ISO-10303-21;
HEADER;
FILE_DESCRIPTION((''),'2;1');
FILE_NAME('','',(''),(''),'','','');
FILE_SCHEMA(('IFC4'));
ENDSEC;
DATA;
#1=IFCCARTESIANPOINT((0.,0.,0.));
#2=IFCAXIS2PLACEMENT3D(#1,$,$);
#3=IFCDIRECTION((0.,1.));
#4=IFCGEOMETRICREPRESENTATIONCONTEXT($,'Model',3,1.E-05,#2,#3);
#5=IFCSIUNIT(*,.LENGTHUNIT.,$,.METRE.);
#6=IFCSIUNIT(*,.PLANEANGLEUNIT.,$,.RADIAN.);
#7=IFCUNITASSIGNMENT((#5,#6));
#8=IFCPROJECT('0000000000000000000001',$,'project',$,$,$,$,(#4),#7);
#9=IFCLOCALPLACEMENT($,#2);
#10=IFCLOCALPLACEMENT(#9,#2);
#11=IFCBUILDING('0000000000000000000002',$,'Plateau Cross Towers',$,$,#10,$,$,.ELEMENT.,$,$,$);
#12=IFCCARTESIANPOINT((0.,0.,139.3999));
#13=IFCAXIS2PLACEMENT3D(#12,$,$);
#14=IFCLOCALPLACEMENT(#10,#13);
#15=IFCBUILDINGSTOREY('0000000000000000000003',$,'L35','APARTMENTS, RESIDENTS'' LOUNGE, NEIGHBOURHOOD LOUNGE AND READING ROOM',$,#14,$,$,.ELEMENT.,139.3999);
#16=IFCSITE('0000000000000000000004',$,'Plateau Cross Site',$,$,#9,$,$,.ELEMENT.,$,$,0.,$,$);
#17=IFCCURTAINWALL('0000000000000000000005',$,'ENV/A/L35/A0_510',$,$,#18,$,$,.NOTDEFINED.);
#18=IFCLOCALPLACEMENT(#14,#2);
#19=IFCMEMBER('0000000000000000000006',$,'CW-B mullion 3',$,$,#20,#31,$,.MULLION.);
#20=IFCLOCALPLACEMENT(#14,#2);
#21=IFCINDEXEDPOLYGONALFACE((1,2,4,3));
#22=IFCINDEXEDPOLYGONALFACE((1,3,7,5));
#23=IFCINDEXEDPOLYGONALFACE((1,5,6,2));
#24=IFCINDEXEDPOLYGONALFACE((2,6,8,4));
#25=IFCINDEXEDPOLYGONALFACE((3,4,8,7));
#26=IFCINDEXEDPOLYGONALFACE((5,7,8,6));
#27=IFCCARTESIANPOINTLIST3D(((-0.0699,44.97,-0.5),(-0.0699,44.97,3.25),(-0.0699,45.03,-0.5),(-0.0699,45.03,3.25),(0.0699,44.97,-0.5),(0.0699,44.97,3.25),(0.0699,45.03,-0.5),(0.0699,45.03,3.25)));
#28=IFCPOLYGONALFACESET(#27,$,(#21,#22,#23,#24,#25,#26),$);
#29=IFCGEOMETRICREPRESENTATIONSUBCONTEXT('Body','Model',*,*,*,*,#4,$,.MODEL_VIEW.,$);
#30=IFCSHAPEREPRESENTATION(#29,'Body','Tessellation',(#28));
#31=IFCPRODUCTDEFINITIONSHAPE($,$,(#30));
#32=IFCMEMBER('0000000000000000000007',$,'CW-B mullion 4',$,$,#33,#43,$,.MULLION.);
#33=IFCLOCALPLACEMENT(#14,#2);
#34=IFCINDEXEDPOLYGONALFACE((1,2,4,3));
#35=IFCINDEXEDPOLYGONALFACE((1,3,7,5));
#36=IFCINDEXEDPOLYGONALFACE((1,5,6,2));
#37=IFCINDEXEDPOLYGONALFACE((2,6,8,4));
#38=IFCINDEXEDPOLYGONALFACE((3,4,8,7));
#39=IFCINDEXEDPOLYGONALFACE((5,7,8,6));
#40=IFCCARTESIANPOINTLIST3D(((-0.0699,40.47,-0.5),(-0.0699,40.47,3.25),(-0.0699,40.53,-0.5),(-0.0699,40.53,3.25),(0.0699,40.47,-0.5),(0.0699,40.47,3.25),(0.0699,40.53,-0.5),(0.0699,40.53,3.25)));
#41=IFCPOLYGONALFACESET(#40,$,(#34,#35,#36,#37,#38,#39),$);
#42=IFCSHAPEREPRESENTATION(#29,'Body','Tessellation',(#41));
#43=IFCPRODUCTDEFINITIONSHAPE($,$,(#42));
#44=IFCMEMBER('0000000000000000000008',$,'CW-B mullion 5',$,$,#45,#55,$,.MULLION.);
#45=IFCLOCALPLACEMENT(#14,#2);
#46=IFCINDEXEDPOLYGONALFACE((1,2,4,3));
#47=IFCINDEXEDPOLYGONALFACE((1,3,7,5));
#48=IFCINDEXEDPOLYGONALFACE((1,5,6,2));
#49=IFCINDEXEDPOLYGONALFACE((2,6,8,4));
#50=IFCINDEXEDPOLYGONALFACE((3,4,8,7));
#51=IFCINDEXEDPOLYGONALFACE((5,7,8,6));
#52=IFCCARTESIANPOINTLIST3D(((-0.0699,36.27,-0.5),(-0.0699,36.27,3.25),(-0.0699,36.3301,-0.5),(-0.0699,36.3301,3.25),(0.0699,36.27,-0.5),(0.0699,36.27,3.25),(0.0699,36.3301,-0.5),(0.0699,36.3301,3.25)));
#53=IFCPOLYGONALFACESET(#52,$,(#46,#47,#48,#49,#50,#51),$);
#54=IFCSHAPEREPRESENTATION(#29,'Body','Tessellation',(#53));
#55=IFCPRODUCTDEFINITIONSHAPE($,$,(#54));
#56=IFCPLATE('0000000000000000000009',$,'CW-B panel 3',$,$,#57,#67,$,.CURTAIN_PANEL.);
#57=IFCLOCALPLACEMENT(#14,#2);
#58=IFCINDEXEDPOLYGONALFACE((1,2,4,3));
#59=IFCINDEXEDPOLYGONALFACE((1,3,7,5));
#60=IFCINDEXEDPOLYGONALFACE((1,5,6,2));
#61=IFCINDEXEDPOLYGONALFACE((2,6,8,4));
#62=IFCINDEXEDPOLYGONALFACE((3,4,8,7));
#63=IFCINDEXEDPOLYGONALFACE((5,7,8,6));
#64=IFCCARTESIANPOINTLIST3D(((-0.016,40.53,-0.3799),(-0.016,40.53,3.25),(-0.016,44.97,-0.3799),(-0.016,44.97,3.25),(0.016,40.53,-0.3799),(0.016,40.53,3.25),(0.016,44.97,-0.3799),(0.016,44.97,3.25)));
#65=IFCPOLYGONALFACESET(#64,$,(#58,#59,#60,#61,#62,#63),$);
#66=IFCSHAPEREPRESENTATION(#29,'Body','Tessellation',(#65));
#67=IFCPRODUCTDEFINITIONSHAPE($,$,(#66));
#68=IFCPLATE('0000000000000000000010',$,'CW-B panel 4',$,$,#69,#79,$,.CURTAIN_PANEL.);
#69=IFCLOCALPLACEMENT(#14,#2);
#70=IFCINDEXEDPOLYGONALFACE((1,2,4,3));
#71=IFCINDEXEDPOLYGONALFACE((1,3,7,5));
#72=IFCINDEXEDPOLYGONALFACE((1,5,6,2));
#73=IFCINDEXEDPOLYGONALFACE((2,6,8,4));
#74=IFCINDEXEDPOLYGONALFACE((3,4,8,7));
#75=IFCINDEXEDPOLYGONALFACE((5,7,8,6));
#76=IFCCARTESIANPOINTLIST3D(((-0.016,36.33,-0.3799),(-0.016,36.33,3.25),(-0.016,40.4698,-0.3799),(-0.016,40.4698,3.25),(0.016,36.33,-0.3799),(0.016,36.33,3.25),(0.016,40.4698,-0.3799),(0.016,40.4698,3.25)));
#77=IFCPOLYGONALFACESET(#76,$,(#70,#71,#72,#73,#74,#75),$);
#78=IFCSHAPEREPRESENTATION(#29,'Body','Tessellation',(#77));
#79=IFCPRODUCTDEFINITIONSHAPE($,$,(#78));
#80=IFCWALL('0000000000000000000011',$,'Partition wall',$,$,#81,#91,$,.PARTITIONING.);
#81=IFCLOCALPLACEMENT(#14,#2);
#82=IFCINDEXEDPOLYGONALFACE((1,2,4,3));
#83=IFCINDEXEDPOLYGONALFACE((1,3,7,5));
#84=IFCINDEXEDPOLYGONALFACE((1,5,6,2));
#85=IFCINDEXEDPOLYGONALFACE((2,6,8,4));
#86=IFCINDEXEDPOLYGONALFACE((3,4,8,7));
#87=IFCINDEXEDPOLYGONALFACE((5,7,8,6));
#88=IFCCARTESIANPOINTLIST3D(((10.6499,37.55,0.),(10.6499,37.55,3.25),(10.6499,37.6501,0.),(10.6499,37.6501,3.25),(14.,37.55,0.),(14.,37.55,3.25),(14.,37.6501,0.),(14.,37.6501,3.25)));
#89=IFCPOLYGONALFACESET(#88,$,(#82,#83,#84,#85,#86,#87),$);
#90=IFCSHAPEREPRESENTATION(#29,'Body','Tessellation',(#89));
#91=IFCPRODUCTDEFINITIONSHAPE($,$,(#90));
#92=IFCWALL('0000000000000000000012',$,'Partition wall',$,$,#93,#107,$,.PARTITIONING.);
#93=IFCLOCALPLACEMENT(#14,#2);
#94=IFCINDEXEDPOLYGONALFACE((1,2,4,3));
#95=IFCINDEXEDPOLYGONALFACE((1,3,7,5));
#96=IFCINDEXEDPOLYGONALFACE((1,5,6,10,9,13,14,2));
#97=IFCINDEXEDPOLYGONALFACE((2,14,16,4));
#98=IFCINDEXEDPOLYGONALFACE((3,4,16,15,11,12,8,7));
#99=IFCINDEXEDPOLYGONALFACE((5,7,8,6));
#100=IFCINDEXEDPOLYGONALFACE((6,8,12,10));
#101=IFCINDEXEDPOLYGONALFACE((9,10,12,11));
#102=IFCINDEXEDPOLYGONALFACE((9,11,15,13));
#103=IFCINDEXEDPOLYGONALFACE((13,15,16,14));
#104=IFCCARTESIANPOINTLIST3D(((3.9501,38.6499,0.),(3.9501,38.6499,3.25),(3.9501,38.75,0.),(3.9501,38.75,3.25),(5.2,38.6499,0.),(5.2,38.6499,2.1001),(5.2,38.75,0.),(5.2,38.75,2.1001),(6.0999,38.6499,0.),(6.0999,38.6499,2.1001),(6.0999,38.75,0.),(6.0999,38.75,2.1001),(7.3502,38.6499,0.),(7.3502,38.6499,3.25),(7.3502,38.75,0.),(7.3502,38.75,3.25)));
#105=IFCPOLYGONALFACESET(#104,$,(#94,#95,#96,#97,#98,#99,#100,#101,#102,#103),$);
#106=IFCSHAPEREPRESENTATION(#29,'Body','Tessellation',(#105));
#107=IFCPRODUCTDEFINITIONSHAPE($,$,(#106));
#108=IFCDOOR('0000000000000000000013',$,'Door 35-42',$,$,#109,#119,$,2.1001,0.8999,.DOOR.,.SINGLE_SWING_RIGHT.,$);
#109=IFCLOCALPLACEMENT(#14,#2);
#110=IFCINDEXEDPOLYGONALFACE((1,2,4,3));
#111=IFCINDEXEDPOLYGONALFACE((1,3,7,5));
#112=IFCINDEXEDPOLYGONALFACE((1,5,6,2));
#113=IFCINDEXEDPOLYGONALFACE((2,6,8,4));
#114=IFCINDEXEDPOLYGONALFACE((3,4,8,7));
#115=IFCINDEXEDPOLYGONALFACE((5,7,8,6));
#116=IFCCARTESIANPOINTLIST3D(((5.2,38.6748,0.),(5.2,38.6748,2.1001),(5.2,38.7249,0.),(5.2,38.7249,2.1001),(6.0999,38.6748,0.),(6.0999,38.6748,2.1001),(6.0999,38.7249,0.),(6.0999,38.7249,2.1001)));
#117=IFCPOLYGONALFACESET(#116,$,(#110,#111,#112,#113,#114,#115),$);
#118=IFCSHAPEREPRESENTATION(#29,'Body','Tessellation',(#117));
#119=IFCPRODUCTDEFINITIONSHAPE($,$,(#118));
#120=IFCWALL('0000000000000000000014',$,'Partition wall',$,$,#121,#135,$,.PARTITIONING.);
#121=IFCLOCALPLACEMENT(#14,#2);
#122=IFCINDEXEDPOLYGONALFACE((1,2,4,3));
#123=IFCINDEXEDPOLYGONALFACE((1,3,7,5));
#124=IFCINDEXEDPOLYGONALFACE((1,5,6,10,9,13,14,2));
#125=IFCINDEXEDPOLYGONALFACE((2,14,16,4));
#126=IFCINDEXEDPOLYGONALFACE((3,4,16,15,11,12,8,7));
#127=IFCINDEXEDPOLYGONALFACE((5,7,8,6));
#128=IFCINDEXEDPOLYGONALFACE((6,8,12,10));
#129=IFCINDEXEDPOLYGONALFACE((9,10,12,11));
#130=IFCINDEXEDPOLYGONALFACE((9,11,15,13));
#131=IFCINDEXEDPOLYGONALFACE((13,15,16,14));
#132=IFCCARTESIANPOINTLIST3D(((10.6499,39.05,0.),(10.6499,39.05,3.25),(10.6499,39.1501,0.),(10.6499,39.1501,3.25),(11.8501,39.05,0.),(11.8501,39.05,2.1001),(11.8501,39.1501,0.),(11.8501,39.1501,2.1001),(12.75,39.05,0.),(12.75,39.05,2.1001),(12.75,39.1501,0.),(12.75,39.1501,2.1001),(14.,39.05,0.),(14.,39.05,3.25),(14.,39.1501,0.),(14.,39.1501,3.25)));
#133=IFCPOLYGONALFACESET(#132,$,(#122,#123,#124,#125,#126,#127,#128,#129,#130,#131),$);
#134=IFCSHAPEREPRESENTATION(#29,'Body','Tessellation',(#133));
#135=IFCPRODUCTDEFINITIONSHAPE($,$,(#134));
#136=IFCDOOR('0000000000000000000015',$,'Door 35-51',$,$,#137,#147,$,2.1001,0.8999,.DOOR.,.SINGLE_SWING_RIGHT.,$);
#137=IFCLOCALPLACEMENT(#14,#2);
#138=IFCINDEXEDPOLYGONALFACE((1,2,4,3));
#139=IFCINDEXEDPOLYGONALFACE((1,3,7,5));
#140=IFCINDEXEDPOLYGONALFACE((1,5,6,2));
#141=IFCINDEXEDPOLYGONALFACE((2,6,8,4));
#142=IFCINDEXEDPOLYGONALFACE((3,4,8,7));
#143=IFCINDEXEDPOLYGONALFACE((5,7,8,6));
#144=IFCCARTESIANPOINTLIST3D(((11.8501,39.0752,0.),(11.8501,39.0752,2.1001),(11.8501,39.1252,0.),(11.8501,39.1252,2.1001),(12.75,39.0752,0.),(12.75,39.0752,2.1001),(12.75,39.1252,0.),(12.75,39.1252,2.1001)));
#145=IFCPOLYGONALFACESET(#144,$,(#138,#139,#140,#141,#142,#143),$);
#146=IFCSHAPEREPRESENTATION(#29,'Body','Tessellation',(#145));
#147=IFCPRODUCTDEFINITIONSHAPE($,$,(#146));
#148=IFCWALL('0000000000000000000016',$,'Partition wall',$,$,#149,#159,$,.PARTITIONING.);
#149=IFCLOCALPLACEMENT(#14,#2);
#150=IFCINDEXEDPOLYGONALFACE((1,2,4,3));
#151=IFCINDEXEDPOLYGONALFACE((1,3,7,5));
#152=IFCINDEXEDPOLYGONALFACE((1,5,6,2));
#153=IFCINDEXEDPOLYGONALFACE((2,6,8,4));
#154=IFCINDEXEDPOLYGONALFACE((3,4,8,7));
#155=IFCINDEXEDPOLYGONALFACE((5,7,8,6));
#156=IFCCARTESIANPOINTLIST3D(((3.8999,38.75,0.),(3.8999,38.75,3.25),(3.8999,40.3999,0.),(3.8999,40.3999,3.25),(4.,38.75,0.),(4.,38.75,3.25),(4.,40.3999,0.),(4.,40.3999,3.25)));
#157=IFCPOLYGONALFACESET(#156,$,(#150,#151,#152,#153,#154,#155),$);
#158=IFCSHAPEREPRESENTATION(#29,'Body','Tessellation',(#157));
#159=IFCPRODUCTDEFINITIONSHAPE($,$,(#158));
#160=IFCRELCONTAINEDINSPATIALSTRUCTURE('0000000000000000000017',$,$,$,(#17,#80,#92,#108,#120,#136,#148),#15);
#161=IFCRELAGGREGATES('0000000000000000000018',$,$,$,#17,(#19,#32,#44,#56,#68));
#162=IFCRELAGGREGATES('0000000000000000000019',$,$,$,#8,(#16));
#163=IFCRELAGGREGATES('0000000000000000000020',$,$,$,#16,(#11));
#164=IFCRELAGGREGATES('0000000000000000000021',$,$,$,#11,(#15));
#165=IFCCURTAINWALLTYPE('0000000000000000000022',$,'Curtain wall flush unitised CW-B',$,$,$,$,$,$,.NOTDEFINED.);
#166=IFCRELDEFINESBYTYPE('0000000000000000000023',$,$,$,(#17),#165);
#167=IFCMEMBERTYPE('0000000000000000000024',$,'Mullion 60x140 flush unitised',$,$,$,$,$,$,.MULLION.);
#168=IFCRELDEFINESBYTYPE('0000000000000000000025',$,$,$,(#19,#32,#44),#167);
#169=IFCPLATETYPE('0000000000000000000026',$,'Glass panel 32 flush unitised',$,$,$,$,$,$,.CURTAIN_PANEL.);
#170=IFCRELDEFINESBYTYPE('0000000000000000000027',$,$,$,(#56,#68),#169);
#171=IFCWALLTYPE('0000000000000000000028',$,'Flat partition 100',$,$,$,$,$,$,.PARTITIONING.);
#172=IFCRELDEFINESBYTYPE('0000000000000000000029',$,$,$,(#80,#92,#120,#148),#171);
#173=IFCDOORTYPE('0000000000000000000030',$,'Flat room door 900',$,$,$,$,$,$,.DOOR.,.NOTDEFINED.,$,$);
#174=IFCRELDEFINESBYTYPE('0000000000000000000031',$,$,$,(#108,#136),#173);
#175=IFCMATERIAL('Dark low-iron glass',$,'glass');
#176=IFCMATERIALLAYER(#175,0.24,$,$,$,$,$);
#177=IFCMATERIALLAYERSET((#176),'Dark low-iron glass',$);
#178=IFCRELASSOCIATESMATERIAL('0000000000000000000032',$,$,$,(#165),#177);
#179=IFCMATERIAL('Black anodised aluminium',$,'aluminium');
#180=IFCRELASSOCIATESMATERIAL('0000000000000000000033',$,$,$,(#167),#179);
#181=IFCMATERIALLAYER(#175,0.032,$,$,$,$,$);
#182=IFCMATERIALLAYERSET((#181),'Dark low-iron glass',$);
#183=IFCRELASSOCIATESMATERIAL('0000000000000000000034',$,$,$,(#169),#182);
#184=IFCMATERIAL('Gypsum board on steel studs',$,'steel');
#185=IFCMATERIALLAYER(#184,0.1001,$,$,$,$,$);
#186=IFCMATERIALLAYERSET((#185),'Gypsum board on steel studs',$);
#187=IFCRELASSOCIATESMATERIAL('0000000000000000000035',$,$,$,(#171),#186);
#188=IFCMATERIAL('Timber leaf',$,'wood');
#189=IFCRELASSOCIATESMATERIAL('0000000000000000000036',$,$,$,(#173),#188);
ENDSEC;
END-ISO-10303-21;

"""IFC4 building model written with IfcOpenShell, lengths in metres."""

from ifc_helpers import new_model, si_unit, direction, frame, frame_2d, origin, origin_2d, place, context, subcontext, project, spatial, rectangle, extrude, material, layer, layer_set, material_profile, profile_set, type_object, element, fill, aggregate, save


model = new_model("IFC4")

# Units and contexts
model_context = context("Model", 3, precision=1e-05, world=origin(), true_north=direction((0.0, 1.0)))
body_context = subcontext(model_context, "Body", "Model", "MODEL_VIEW")
ifc_project = project(units=[si_unit("LENGTHUNIT", "METRE"), si_unit("PLANEANGLEUNIT", "RADIAN")], contexts=[model_context])

# Site, building, storey
site_placement = place(None, origin())
site = spatial("IfcSite", under=ifc_project, at=site_placement, Name="Plateau Cross Site", CompositionType="ELEMENT", RefElevation=0.0)
building_placement = place(site_placement, origin())
building = spatial("IfcBuilding", under=site, at=building_placement, Name="Plateau Cross Towers", CompositionType="ELEMENT")
storey_placement = place(building_placement, frame((0.0, 0.0, 139.3999)))
storey = spatial("IfcBuildingStorey", under=building, at=storey_placement, Name="L35", Description="APARTMENTS, RESIDENTS' LOUNGE, NEIGHBOURHOOD LOUNGE AND READING ROOM", CompositionType="ELEMENT", Elevation=139.3999)

# Curtain wall, members, plates
ifc_material_1 = material(Name="Dark low-iron glass", Category="glass")
ifc_layer_1 = layer(ifc_material_1, 0.24)
ifc_layer_set_1 = layer_set([ifc_layer_1], Name="Dark low-iron glass")
curtain_wall_type = type_object("IfcCurtainWallType", Name="Curtain wall flush unitised CW-B", PredefinedType="NOTDEFINED", material=ifc_layer_set_1)
curtain_wall_placement = place(storey_placement, origin())
curtain_wall = element("IfcCurtainWall", 1, at=curtain_wall_placement, inside=storey, type_object=curtain_wall_type, Name="ENV/A/L35/A0_510", PredefinedType="NOTDEFINED")
ifc_material_2 = material(Name="Black anodised aluminium", Category="aluminium")
ifc_material_profile = material_profile(ifc_material_2, rectangle(XDim=0.0601, YDim=0.1399, at=origin_2d()), Name="MULLION 60x140")
ifc_profile_set = profile_set([ifc_material_profile], Name="Black anodised aluminium")
member_type = type_object("IfcMemberType", Name="Mullion 60x140 flush unitised", PredefinedType="MULLION", material=ifc_profile_set)
member_1_placement = place(storey_placement, frame((0.0, 45.0, -0.5), z_axis=(0.0, 0.0, 1.0), x_axis=(0.0, -1.0, 0.0)))
member_1 = element("IfcMember", 2, at=member_1_placement, type_object=member_type, Name="CW-B mullion 3", PredefinedType="MULLION", context=body_context, shape_type="SweptSolid", body=[
    extrude(rectangle(XDim=0.0601, YDim=0.1399, at=origin_2d()), origin(), (0.0, 0.0, 1.0), 3.75),
])
member_2_placement = place(storey_placement, frame((0.0, 40.5, -0.5), z_axis=(0.0, 0.0, 1.0), x_axis=(0.0, -1.0, 0.0)))
member_2 = element("IfcMember", 3, at=member_2_placement, type_object=member_type, Name="CW-B mullion 4", PredefinedType="MULLION", context=body_context, shape_type="SweptSolid", body=[
    extrude(rectangle(XDim=0.0601, YDim=0.1399, at=origin_2d()), origin(), (0.0, 0.0, 1.0), 3.75),
])
member_3_placement = place(storey_placement, frame((0.0, 36.3, -0.5), z_axis=(0.0, 0.0, 1.0), x_axis=(0.0, -1.0, 0.0)))
member_3 = element("IfcMember", 4, at=member_3_placement, type_object=member_type, Name="CW-B mullion 5", PredefinedType="MULLION", context=body_context, shape_type="SweptSolid", body=[
    extrude(rectangle(XDim=0.0601, YDim=0.1399, at=origin_2d()), origin(), (0.0, 0.0, 1.0), 3.75),
])
ifc_layer_2 = layer(ifc_material_1, 0.032)
ifc_layer_set_2 = layer_set([ifc_layer_2], Name="Dark low-iron glass")
plate_type = type_object("IfcPlateType", Name="Glass panel 32 flush unitised", PredefinedType="CURTAIN_PANEL", material=ifc_layer_set_2)
plate_1_placement = place(storey_placement, frame((0.0, 42.75, -0.3799), z_axis=(0.0, 0.0, 1.0), x_axis=(0.0, -1.0, 0.0)))
plate_1 = element("IfcPlate", 5, at=plate_1_placement, type_object=plate_type, Name="CW-B panel 3", PredefinedType="CURTAIN_PANEL", context=body_context, shape_type="SweptSolid", body=[
    extrude(rectangle(XDim=4.4399, YDim=0.032, at=origin_2d()), origin(), (0.0, 0.0, 1.0), 3.6299),
])
plate_2_placement = place(storey_placement, frame((0.0, 38.3999, -0.3799), z_axis=(0.0, 0.0, 1.0), x_axis=(0.0, -1.0, 0.0)))
plate_2 = element("IfcPlate", 6, at=plate_2_placement, type_object=plate_type, Name="CW-B panel 4", PredefinedType="CURTAIN_PANEL", context=body_context, shape_type="SweptSolid", body=[
    extrude(rectangle(XDim=4.1399, YDim=0.032, at=origin_2d()), origin(), (0.0, 0.0, 1.0), 3.6299),
])
aggregate(curtain_wall, [member_1, member_2, member_3, plate_1, plate_2])

# Wall
ifc_material_3 = material(Name="Gypsum board on steel studs", Category="steel")
ifc_layer_3 = layer(ifc_material_3, 0.1001)
ifc_layer_set_3 = layer_set([ifc_layer_3], Name="Gypsum board on steel studs")
wall_type_1 = type_object("IfcWallType", Name="Flat partition 100", PredefinedType="PARTITIONING", material=ifc_layer_set_3)
wall_1_placement = place(storey_placement, frame((14.0, 37.6001, 0.0), z_axis=(0.0, 0.0, 1.0), x_axis=(-1.0, 0.0, 0.0)))
element("IfcWall", 7, at=wall_1_placement, inside=storey, type_object=wall_type_1, Name="Partition wall", PredefinedType="PARTITIONING", context=body_context, shape_type="SweptSolid", body=[
    extrude(rectangle(XDim=3.3501, YDim=0.1001, at=frame_2d((1.675, 0.0))), origin(), (0.0, 0.0, 1.0), 3.25),
])

# Walls, openings, doors
wall_2_placement = place(storey_placement, frame((3.95, 38.7, 0.0), z_axis=(0.0, 0.0, 1.0), x_axis=(1.0, 0.0, 0.0)))
wall_2 = element("IfcWall", 8, at=wall_2_placement, inside=storey, type_object=wall_type_1, Name="Partition wall", PredefinedType="PARTITIONING", context=body_context, shape_type="SweptSolid", body=[
    extrude(rectangle(XDim=3.4001, YDim=0.1001, at=frame_2d((1.7002, 0.0))), origin(), (0.0, 0.0, 1.0), 3.25),
])
opening_1_placement = place(wall_2_placement, frame((1.25, 0.0, 0.0)))
opening_1 = element("IfcOpeningElement", 9, at=opening_1_placement, cuts=wall_2, PredefinedType="OPENING", context=body_context, shape_type="SweptSolid", body=[
    extrude(rectangle(XDim=0.8999, YDim=2.1001, at=frame_2d((0.45, 1.05))), frame((0.0, 0.0601, 0.0), z_axis=(0.0, -1.0, 0.0), x_axis=(1.0, 0.0, 0.0)), (0.0, 0.0, 1.0), 0.1201),
])
ifc_material_4 = material(Name="Timber leaf", Category="wood")
door_type_1 = type_object("IfcDoorType", Name="Flat room door 900", OperationType="NOTDEFINED", PredefinedType="DOOR", material=ifc_material_4)
door_1_placement = place(opening_1_placement, origin())
door_1 = element("IfcDoor", 10, at=door_1_placement, inside=storey, type_object=door_type_1, Name="Door 35-42", OperationType="SINGLE_SWING_RIGHT", OverallHeight=2.1001, OverallWidth=0.8999, PredefinedType="DOOR", context=body_context, shape_type="SweptSolid", body=[
    extrude(rectangle(XDim=0.8999, YDim=2.1001, at=frame_2d((0.45, 1.05))), frame((0.0, 0.0249, 0.0), z_axis=(0.0, -1.0, 0.0), x_axis=(1.0, 0.0, 0.0)), (0.0, 0.0, 1.0), 0.05),
])
fill(opening_1, door_1)
wall_3_placement = place(storey_placement, frame((14.0, 39.1001, 0.0), z_axis=(0.0, 0.0, 1.0), x_axis=(-1.0, 0.0, 0.0)))
wall_3 = element("IfcWall", 11, at=wall_3_placement, inside=storey, type_object=wall_type_1, Name="Partition wall", PredefinedType="PARTITIONING", context=body_context, shape_type="SweptSolid", body=[
    extrude(rectangle(XDim=3.3501, YDim=0.1001, at=frame_2d((1.675, 0.0))), origin(), (0.0, 0.0, 1.0), 3.25),
])
opening_2_placement = place(wall_3_placement, frame((1.25, 0.0, 0.0)))
opening_2 = element("IfcOpeningElement", 12, at=opening_2_placement, cuts=wall_3, PredefinedType="OPENING", context=body_context, shape_type="SweptSolid", body=[
    extrude(rectangle(XDim=0.8999, YDim=2.1001, at=frame_2d((0.45, 1.05))), frame((0.0, 0.0601, 0.0), z_axis=(0.0, -1.0, 0.0), x_axis=(1.0, 0.0, 0.0)), (0.0, 0.0, 1.0), 0.1201),
])
door_2_placement = place(opening_2_placement, origin())
door_2 = element("IfcDoor", 13, at=door_2_placement, inside=storey, type_object=door_type_1, Name="Door 35-51", OperationType="SINGLE_SWING_RIGHT", OverallHeight=2.1001, OverallWidth=0.8999, PredefinedType="DOOR", context=body_context, shape_type="SweptSolid", body=[
    extrude(rectangle(XDim=0.8999, YDim=2.1001, at=frame_2d((0.45, 1.05))), frame((0.0, 0.0249, 0.0), z_axis=(0.0, -1.0, 0.0), x_axis=(1.0, 0.0, 0.0)), (0.0, 0.0, 1.0), 0.05),
])
fill(opening_2, door_2)

# Wall
wall_4_placement = place(storey_placement, frame((3.95, 40.3999, 0.0), z_axis=(0.0, 0.0, 1.0), x_axis=(0.0, -1.0, 0.0)))
element("IfcWall", 14, at=wall_4_placement, inside=storey, type_object=wall_type_1, Name="Partition wall", PredefinedType="PARTITIONING", context=body_context, shape_type="SweptSolid", body=[
    extrude(rectangle(XDim=1.6499, YDim=0.1001, at=frame_2d((0.825, 0.0))), origin(), (0.0, 0.0, 1.0), 3.25),
])

save(model, "model.ifc")
